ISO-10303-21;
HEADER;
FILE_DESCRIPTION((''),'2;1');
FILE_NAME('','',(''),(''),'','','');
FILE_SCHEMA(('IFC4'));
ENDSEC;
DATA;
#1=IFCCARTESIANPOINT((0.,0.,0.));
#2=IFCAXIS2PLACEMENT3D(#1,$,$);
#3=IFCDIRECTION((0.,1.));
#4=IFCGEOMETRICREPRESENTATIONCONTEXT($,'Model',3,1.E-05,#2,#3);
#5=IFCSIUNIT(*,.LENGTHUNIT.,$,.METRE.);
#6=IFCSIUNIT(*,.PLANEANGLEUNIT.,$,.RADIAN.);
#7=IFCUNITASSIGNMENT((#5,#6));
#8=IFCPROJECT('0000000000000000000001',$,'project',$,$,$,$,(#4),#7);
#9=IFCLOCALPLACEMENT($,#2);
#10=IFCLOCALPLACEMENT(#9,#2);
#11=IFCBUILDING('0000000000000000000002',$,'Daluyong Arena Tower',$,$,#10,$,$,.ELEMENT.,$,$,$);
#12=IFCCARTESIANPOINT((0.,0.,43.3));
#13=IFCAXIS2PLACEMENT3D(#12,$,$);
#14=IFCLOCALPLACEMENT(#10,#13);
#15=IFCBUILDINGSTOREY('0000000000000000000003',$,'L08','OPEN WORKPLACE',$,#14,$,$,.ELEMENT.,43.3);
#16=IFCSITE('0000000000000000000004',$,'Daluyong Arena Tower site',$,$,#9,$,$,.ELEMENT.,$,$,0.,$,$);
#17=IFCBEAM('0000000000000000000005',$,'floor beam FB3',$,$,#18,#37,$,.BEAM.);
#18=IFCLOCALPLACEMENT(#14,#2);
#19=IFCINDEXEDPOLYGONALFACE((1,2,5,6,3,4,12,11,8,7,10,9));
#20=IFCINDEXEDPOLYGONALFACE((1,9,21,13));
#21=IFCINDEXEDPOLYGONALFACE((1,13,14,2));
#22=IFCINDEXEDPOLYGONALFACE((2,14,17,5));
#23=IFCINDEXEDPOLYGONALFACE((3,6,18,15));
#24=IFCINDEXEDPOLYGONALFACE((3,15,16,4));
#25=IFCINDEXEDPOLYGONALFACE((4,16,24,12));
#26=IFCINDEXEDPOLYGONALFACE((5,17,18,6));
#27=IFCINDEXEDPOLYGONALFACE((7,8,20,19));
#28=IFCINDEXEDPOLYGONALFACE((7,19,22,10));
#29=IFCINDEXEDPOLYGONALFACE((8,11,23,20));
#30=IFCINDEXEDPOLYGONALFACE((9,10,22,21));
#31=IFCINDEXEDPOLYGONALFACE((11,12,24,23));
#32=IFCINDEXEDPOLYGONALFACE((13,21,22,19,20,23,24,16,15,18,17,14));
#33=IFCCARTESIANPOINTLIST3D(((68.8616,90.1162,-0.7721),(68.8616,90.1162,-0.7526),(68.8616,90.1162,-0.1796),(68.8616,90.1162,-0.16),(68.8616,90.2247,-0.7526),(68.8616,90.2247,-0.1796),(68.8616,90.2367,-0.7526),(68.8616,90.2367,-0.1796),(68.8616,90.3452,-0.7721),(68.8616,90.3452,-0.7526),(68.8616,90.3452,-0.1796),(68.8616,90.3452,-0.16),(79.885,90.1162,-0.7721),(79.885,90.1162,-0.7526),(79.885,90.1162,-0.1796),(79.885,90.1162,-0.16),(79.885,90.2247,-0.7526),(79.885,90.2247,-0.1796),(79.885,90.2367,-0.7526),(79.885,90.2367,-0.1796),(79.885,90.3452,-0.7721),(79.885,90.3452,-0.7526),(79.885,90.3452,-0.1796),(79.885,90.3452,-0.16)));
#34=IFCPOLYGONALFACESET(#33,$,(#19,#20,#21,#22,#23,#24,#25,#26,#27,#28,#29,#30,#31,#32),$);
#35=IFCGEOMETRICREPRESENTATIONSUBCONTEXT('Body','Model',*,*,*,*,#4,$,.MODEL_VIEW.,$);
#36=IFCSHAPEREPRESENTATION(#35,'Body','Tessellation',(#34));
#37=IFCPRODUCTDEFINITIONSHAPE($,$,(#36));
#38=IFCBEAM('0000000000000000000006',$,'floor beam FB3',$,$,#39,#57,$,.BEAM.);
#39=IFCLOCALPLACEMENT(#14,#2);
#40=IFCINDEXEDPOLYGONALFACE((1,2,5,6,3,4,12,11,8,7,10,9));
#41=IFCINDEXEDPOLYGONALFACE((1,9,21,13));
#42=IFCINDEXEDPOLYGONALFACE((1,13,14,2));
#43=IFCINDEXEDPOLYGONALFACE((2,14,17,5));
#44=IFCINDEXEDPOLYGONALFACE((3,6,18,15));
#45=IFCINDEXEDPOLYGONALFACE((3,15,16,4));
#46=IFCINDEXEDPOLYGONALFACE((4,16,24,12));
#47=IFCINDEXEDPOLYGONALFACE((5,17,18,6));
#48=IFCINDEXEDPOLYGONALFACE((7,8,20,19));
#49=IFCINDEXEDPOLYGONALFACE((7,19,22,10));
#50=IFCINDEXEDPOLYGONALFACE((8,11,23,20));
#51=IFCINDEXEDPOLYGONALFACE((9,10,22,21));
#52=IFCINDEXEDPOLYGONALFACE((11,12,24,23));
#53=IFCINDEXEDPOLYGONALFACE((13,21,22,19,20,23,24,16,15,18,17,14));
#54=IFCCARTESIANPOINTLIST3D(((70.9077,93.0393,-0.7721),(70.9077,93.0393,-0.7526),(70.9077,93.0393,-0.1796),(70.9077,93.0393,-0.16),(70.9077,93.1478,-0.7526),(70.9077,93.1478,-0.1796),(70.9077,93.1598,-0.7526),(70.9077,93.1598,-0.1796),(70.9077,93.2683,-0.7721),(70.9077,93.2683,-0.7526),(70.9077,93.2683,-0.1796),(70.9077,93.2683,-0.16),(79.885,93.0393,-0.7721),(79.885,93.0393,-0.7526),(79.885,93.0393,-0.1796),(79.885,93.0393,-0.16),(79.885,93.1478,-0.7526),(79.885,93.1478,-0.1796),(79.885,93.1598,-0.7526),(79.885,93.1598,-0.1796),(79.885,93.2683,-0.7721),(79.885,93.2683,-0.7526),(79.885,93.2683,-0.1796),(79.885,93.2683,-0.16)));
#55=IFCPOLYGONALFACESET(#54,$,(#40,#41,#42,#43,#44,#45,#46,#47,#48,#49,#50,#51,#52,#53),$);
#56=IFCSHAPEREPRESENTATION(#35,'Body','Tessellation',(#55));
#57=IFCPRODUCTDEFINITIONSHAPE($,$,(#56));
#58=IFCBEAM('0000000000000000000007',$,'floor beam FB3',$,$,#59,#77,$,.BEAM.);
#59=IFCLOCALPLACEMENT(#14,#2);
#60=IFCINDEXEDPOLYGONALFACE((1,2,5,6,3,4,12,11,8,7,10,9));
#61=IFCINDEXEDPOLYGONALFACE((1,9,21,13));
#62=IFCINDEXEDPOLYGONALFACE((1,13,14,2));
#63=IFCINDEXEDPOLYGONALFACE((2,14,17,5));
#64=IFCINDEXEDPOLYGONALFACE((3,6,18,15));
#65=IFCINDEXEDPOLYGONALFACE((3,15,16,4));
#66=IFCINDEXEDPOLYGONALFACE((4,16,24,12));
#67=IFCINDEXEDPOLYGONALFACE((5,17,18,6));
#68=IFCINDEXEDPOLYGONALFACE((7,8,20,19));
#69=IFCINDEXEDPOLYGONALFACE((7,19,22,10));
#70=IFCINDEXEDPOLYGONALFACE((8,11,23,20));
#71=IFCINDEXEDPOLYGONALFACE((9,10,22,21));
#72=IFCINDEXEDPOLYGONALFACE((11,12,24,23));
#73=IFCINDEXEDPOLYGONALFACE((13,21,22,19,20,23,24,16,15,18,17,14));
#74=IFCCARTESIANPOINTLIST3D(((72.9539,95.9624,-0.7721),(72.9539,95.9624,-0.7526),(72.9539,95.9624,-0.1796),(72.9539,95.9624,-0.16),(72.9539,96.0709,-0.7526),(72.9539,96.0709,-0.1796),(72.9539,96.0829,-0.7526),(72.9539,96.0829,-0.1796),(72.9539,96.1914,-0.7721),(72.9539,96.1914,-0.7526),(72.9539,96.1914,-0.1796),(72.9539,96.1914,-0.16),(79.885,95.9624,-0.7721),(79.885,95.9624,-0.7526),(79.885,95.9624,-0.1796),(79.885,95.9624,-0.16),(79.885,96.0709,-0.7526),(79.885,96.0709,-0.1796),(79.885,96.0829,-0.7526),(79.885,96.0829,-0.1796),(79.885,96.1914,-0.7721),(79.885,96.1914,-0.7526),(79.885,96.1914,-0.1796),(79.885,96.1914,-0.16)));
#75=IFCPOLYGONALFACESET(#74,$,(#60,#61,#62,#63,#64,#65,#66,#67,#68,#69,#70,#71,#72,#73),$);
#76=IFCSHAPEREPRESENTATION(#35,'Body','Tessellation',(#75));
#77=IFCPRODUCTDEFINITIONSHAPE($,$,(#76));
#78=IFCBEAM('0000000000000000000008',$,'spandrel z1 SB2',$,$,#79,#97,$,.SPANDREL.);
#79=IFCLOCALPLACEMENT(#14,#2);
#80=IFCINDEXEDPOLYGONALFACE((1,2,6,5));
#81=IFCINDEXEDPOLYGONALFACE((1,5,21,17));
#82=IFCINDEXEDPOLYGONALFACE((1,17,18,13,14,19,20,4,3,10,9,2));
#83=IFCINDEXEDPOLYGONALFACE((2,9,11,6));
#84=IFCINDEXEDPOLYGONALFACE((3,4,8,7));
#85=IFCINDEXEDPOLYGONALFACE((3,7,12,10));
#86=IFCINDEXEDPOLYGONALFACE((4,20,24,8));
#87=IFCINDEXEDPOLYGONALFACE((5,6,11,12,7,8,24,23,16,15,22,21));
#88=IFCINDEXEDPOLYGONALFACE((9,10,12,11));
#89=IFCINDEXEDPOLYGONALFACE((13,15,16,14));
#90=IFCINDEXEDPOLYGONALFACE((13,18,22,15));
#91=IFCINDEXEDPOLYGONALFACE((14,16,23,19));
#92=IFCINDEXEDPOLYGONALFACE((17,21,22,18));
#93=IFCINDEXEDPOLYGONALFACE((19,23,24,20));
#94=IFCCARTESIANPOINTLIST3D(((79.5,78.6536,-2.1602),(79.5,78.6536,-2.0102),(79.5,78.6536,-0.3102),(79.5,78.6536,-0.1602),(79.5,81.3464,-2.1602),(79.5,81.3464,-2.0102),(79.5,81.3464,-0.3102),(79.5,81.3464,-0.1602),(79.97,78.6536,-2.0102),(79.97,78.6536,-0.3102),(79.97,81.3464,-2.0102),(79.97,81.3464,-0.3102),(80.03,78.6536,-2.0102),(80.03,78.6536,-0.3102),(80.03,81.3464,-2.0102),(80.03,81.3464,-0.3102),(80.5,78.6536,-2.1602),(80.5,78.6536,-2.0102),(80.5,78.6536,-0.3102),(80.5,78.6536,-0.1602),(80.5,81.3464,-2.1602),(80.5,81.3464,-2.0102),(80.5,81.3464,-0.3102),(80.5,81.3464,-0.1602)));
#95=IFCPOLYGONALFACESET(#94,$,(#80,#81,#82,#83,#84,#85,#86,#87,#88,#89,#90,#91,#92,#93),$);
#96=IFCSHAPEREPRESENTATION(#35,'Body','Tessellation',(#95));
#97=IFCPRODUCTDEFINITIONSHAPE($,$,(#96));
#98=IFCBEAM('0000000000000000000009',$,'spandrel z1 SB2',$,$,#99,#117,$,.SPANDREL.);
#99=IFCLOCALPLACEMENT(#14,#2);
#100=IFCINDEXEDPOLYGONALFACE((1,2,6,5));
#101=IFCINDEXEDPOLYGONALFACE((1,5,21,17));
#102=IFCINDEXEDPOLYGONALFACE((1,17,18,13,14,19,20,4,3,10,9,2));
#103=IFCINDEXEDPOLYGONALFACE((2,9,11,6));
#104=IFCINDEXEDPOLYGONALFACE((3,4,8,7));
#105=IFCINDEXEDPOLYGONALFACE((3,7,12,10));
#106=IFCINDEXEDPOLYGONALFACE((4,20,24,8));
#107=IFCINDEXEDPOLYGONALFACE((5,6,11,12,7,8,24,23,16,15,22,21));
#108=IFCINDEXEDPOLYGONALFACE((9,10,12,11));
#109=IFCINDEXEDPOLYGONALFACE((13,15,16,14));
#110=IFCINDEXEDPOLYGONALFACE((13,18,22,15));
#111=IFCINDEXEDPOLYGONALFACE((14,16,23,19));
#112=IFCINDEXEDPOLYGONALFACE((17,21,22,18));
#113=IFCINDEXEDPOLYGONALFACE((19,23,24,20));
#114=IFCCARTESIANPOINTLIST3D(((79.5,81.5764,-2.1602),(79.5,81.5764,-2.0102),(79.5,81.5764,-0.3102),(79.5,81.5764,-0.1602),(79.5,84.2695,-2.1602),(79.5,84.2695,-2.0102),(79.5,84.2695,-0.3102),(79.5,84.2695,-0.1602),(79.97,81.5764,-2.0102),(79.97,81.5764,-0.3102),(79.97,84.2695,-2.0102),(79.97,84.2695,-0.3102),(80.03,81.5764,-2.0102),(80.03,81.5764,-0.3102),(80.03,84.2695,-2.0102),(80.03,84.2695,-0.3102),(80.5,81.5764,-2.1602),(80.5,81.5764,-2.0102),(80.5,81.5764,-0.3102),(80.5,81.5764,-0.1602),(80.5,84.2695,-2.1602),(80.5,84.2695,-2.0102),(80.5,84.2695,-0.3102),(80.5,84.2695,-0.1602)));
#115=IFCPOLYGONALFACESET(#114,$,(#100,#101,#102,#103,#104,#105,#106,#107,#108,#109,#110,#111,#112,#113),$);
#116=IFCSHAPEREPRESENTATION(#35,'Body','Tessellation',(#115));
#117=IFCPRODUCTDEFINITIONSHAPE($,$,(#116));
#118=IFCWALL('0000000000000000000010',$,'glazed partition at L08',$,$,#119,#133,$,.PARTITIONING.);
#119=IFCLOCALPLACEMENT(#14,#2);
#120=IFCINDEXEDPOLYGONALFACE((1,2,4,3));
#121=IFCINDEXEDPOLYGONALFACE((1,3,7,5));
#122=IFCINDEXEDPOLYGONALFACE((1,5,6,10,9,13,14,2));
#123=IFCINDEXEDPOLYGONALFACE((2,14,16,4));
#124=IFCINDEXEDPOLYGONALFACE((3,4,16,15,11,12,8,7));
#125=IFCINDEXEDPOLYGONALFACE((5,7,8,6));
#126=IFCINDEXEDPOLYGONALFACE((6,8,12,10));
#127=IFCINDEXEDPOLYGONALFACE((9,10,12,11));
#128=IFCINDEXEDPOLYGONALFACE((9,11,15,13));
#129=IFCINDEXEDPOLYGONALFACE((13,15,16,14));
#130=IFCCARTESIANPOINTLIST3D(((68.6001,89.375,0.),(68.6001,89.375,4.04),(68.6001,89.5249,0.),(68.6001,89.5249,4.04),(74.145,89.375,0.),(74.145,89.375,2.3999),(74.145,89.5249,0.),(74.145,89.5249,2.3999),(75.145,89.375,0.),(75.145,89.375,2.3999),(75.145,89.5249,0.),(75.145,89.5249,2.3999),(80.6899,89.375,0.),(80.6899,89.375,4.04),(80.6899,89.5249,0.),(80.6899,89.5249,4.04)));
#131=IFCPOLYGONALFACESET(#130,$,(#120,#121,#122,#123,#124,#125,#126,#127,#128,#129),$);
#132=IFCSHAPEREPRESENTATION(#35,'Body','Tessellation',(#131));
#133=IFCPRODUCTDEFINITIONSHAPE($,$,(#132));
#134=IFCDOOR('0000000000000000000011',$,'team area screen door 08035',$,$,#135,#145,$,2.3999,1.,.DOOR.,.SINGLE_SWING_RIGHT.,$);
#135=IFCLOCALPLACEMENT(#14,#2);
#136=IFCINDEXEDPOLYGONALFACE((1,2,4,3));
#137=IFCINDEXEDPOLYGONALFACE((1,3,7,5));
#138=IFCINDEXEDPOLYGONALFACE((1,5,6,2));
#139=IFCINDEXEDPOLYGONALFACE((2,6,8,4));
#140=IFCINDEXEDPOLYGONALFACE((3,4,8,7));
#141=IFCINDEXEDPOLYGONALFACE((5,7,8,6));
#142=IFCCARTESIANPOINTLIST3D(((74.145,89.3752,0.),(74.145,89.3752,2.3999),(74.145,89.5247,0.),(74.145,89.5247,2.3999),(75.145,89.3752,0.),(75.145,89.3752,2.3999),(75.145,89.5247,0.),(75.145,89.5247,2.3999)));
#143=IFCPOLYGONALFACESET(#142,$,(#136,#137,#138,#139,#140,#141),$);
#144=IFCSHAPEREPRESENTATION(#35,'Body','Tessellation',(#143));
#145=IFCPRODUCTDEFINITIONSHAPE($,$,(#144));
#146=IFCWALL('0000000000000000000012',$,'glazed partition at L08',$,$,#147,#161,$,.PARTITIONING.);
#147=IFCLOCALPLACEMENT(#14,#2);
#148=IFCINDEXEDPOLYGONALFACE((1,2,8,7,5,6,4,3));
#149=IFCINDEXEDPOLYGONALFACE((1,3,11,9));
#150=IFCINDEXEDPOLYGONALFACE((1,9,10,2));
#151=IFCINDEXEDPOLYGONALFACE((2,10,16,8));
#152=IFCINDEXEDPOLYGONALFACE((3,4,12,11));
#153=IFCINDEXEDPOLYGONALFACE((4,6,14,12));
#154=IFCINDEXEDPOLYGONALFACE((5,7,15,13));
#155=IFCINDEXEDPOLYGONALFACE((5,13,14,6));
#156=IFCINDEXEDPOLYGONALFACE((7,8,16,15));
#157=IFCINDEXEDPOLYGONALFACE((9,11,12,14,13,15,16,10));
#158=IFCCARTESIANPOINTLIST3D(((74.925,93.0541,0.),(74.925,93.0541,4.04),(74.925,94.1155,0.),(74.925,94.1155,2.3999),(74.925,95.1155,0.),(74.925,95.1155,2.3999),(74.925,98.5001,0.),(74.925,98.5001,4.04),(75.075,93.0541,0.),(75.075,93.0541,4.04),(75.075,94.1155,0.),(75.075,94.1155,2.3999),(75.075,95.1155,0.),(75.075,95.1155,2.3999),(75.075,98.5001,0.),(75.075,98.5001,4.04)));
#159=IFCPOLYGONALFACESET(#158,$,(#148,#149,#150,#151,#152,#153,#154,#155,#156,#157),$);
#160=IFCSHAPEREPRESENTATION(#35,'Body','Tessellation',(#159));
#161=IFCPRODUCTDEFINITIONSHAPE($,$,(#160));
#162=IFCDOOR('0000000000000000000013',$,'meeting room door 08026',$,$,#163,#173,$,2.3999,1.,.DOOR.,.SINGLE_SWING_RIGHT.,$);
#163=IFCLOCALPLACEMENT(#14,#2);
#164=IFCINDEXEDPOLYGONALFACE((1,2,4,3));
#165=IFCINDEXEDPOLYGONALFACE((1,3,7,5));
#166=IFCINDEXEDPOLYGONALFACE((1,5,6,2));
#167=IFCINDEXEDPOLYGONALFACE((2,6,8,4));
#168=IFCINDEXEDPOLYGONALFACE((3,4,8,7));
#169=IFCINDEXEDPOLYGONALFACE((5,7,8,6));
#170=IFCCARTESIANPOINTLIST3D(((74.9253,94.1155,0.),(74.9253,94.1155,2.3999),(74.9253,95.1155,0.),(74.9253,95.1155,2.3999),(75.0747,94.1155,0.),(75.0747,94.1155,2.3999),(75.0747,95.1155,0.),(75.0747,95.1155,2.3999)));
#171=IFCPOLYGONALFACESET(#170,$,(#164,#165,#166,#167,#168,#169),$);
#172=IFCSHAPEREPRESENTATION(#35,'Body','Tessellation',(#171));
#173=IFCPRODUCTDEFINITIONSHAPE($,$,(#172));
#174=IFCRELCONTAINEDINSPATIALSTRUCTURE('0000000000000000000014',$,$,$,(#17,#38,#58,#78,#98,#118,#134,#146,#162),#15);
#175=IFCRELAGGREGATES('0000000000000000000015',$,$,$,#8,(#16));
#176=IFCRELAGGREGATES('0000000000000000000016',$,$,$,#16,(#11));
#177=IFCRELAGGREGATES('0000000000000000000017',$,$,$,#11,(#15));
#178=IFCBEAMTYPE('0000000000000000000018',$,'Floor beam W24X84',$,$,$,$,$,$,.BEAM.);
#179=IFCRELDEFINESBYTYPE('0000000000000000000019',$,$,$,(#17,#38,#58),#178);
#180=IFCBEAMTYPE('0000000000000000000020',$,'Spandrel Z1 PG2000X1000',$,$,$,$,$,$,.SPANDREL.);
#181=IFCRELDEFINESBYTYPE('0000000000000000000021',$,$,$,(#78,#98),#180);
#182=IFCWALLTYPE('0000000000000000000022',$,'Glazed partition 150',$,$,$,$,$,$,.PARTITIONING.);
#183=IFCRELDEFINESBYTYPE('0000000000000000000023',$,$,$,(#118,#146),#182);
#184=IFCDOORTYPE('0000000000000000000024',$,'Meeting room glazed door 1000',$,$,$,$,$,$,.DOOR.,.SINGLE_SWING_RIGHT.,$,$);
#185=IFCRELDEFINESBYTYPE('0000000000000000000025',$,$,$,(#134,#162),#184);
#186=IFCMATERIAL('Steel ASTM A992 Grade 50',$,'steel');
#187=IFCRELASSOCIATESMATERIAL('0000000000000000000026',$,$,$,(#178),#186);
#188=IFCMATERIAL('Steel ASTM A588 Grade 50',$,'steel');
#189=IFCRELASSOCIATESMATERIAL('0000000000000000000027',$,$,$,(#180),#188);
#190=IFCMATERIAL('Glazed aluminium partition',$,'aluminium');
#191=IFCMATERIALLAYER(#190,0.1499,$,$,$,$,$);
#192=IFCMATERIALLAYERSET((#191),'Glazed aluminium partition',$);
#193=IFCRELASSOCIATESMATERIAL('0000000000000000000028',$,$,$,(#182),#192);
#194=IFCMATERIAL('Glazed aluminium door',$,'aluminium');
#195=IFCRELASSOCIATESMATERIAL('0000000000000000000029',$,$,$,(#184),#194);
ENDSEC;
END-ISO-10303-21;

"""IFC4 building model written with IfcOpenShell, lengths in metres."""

from ifc_helpers import new_model, si_unit, direction, frame, frame_2d, origin, origin_2d, place, context, subcontext, project, spatial, rectangle, i_section, extrude, material, layer, layer_set, material_profile, profile_set, type_object, element, fill, save


model = new_model("IFC4")

# Units and contexts
model_context = context("Model", 3, precision=1e-05, world=origin(), true_north=direction((0.0, 1.0)))
body_context = subcontext(model_context, "Body", "Model", "MODEL_VIEW")
ifc_project = project(units=[si_unit("LENGTHUNIT", "METRE"), si_unit("PLANEANGLEUNIT", "RADIAN")], contexts=[model_context])

# Site, building, storey
site_placement = place(None, origin())
site = spatial("IfcSite", under=ifc_project, at=site_placement, Name="Daluyong Arena Tower site", CompositionType="ELEMENT", RefElevation=0.0)
building_placement = place(site_placement, origin())
building = spatial("IfcBuilding", under=site, at=building_placement, Name="Daluyong Arena Tower", CompositionType="ELEMENT")
storey_placement = place(building_placement, frame((0.0, 0.0, 43.3)))
storey = spatial("IfcBuildingStorey", under=building, at=storey_placement, Name="L08", Description="OPEN WORKPLACE", CompositionType="ELEMENT", Elevation=43.3)

# Beams
ifc_material_1 = material(Name="Steel ASTM A992 Grade 50", Category="steel")
ifc_material_profile_1 = material_profile(ifc_material_1, i_section(OverallWidth=0.229, OverallDepth=0.6121, WebThickness=0.012, FlangeThickness=0.0195, at=origin_2d()))
ifc_profile_set_1 = profile_set([ifc_material_profile_1], Name="Steel ASTM A992 Grade 50")
beam_type_1 = type_object("IfcBeamType", Name="Floor beam W24X84", PredefinedType="BEAM", material=ifc_profile_set_1)
beam_1_placement = place(storey_placement, frame((79.885, 90.2307, -0.4661), z_axis=(-1.0, 0.0, 0.0), x_axis=(0.0, -1.0, 0.0)))
element("IfcBeam", 1, at=beam_1_placement, inside=storey, type_object=beam_type_1, Name="floor beam FB3", PredefinedType="BEAM", context=body_context, shape_type="SweptSolid", body=[
    extrude(i_section(OverallWidth=0.229, OverallDepth=0.6121, WebThickness=0.012, FlangeThickness=0.0195, at=origin_2d()), origin(), (0.0, 0.0, 1.0), 11.0234),
])
beam_2_placement = place(storey_placement, frame((79.885, 93.1538, -0.4661), z_axis=(-1.0, 0.0, 0.0), x_axis=(0.0, -1.0, 0.0)))
element("IfcBeam", 2, at=beam_2_placement, inside=storey, type_object=beam_type_1, Name="floor beam FB3", PredefinedType="BEAM", context=body_context, shape_type="SweptSolid", body=[
    extrude(i_section(OverallWidth=0.229, OverallDepth=0.6121, WebThickness=0.012, FlangeThickness=0.0195, at=origin_2d()), origin(), (0.0, 0.0, 1.0), 8.9773),
])
beam_3_placement = place(storey_placement, frame((79.885, 96.0769, -0.4661), z_axis=(-1.0, 0.0, 0.0), x_axis=(0.0, -1.0, 0.0)))
element("IfcBeam", 3, at=beam_3_placement, inside=storey, type_object=beam_type_1, Name="floor beam FB3", PredefinedType="BEAM", context=body_context, shape_type="SweptSolid", body=[
    extrude(i_section(OverallWidth=0.229, OverallDepth=0.6121, WebThickness=0.012, FlangeThickness=0.0195, at=origin_2d()), origin(), (0.0, 0.0, 1.0), 6.9312),
])
ifc_material_2 = material(Name="Steel ASTM A588 Grade 50", Category="steel")
ifc_material_profile_2 = material_profile(ifc_material_2, i_section(OverallWidth=1.0, OverallDepth=2.0, WebThickness=0.06, FlangeThickness=0.15, at=origin_2d()))
ifc_profile_set_2 = profile_set([ifc_material_profile_2], Name="Steel ASTM A588 Grade 50")
beam_type_2 = type_object("IfcBeamType", Name="Spandrel Z1 PG2000X1000", PredefinedType="SPANDREL", material=ifc_profile_set_2)
beam_4_placement = place(storey_placement, frame((80.0, 78.6536, -1.1602), z_axis=(0.0, 1.0, 0.0), x_axis=(-1.0, 0.0, 0.0)))
element("IfcBeam", 4, at=beam_4_placement, inside=storey, type_object=beam_type_2, Name="spandrel z1 SB2", PredefinedType="SPANDREL", context=body_context, shape_type="SweptSolid", body=[
    extrude(i_section(OverallWidth=1.0, OverallDepth=2.0, WebThickness=0.06, FlangeThickness=0.15, at=origin_2d()), origin(), (0.0, 0.0, 1.0), 2.6929),
])
beam_5_placement = place(storey_placement, frame((80.0, 81.5764, -1.1602), z_axis=(0.0, 1.0, 0.0), x_axis=(-1.0, 0.0, 0.0)))
element("IfcBeam", 5, at=beam_5_placement, inside=storey, type_object=beam_type_2, Name="spandrel z1 SB2", PredefinedType="SPANDREL", context=body_context, shape_type="SweptSolid", body=[
    extrude(i_section(OverallWidth=1.0, OverallDepth=2.0, WebThickness=0.06, FlangeThickness=0.15, at=origin_2d()), origin(), (0.0, 0.0, 1.0), 2.6931),
])

# Walls, openings, doors
ifc_material_3 = material(Name="Glazed aluminium partition", Category="aluminium")
ifc_layer_1 = layer(ifc_material_3, 0.1499)
ifc_layer_set_1 = layer_set([ifc_layer_1], Name="Glazed aluminium partition")
wall_type_1 = type_object("IfcWallType", Name="Glazed partition 150", PredefinedType="PARTITIONING", material=ifc_layer_set_1)
wall_1_placement = place(storey_placement, frame((68.6001, 89.45, 0.0), z_axis=(0.0, 0.0, 1.0), x_axis=(1.0, 0.0, 0.0)))
wall_1 = element("IfcWall", 6, at=wall_1_placement, inside=storey, type_object=wall_type_1, Name="glazed partition at L08", PredefinedType="PARTITIONING", context=body_context, shape_type="SweptSolid", body=[
    extrude(rectangle(XDim=12.0898, YDim=0.1499, at=frame_2d((6.0449, 0.0))), origin(), (0.0, 0.0, 1.0), 4.04),
])
opening_1_placement = place(wall_1_placement, frame((5.5449, 0.0, 0.0)))
opening_1 = element("IfcOpeningElement", 7, at=opening_1_placement, cuts=wall_1, PredefinedType="OPENING", context=body_context, shape_type="SweptSolid", body=[
    extrude(rectangle(XDim=1.0, YDim=2.3999, at=frame_2d((0.5, 1.2))), frame((0.0, 0.085, 0.0), z_axis=(0.0, -1.0, 0.0), x_axis=(1.0, 0.0, 0.0)), (0.0, 0.0, 1.0), 0.1699),
])
ifc_material_4 = material(Name="Glazed aluminium door", Category="aluminium")
door_type = type_object("IfcDoorType", Name="Meeting room glazed door 1000", OperationType="SINGLE_SWING_RIGHT", PredefinedType="DOOR", material=ifc_material_4)
door_1_placement = place(opening_1_placement, origin())
door_1 = element("IfcDoor", 8, at=door_1_placement, inside=storey, type_object=door_type, Name="team area screen door 08035", OperationType="SINGLE_SWING_RIGHT", OverallHeight=2.3999, OverallWidth=1.0, PredefinedType="DOOR", context=body_context, shape_type="SweptSolid", body=[
    extrude(rectangle(XDim=1.0, YDim=2.3999, at=frame_2d((0.5, 1.2))), frame((0.0, 0.0747, 0.0), z_axis=(0.0, -1.0, 0.0), x_axis=(1.0, 0.0, 0.0)), (0.0, 0.0, 1.0), 0.1494),
])
fill(opening_1, door_1)
wall_2_placement = place(storey_placement, frame((75.0, 93.054, 0.0), z_axis=(0.0, 0.0, 1.0), x_axis=(0.0, 1.0, 0.0)))
wall_2 = element("IfcWall", 9, at=wall_2_placement, inside=storey, type_object=wall_type_1, Name="glazed partition at L08", PredefinedType="PARTITIONING", context=body_context, shape_type="SweptSolid", body=[
    extrude(rectangle(XDim=5.446, YDim=0.1499, at=frame_2d((2.7231, 0.0))), origin(), (0.0, 0.0, 1.0), 4.04),
])
opening_2_placement = place(wall_2_placement, frame((1.0615, 0.0, 0.0)))
opening_2 = element("IfcOpeningElement", 10, at=opening_2_placement, cuts=wall_2, PredefinedType="OPENING", context=body_context, shape_type="SweptSolid", body=[
    extrude(rectangle(XDim=1.0, YDim=2.3999, at=frame_2d((0.5, 1.2))), frame((0.0, 0.085, 0.0), z_axis=(0.0, -1.0, 0.0), x_axis=(1.0, 0.0, 0.0)), (0.0, 0.0, 1.0), 0.1699),
])
door_2_placement = place(opening_2_placement, origin())
door_2 = element("IfcDoor", 11, at=door_2_placement, inside=storey, type_object=door_type, Name="meeting room door 08026", OperationType="SINGLE_SWING_RIGHT", OverallHeight=2.3999, OverallWidth=1.0, PredefinedType="DOOR", context=body_context, shape_type="SweptSolid", body=[
    extrude(rectangle(XDim=1.0, YDim=2.3999, at=frame_2d((0.5, 1.2))), frame((0.0, 0.0747, 0.0), z_axis=(0.0, -1.0, 0.0), x_axis=(1.0, 0.0, 0.0)), (0.0, 0.0, 1.0), 0.1494),
])
fill(opening_2, door_2)

save(model, "model.ifc")
